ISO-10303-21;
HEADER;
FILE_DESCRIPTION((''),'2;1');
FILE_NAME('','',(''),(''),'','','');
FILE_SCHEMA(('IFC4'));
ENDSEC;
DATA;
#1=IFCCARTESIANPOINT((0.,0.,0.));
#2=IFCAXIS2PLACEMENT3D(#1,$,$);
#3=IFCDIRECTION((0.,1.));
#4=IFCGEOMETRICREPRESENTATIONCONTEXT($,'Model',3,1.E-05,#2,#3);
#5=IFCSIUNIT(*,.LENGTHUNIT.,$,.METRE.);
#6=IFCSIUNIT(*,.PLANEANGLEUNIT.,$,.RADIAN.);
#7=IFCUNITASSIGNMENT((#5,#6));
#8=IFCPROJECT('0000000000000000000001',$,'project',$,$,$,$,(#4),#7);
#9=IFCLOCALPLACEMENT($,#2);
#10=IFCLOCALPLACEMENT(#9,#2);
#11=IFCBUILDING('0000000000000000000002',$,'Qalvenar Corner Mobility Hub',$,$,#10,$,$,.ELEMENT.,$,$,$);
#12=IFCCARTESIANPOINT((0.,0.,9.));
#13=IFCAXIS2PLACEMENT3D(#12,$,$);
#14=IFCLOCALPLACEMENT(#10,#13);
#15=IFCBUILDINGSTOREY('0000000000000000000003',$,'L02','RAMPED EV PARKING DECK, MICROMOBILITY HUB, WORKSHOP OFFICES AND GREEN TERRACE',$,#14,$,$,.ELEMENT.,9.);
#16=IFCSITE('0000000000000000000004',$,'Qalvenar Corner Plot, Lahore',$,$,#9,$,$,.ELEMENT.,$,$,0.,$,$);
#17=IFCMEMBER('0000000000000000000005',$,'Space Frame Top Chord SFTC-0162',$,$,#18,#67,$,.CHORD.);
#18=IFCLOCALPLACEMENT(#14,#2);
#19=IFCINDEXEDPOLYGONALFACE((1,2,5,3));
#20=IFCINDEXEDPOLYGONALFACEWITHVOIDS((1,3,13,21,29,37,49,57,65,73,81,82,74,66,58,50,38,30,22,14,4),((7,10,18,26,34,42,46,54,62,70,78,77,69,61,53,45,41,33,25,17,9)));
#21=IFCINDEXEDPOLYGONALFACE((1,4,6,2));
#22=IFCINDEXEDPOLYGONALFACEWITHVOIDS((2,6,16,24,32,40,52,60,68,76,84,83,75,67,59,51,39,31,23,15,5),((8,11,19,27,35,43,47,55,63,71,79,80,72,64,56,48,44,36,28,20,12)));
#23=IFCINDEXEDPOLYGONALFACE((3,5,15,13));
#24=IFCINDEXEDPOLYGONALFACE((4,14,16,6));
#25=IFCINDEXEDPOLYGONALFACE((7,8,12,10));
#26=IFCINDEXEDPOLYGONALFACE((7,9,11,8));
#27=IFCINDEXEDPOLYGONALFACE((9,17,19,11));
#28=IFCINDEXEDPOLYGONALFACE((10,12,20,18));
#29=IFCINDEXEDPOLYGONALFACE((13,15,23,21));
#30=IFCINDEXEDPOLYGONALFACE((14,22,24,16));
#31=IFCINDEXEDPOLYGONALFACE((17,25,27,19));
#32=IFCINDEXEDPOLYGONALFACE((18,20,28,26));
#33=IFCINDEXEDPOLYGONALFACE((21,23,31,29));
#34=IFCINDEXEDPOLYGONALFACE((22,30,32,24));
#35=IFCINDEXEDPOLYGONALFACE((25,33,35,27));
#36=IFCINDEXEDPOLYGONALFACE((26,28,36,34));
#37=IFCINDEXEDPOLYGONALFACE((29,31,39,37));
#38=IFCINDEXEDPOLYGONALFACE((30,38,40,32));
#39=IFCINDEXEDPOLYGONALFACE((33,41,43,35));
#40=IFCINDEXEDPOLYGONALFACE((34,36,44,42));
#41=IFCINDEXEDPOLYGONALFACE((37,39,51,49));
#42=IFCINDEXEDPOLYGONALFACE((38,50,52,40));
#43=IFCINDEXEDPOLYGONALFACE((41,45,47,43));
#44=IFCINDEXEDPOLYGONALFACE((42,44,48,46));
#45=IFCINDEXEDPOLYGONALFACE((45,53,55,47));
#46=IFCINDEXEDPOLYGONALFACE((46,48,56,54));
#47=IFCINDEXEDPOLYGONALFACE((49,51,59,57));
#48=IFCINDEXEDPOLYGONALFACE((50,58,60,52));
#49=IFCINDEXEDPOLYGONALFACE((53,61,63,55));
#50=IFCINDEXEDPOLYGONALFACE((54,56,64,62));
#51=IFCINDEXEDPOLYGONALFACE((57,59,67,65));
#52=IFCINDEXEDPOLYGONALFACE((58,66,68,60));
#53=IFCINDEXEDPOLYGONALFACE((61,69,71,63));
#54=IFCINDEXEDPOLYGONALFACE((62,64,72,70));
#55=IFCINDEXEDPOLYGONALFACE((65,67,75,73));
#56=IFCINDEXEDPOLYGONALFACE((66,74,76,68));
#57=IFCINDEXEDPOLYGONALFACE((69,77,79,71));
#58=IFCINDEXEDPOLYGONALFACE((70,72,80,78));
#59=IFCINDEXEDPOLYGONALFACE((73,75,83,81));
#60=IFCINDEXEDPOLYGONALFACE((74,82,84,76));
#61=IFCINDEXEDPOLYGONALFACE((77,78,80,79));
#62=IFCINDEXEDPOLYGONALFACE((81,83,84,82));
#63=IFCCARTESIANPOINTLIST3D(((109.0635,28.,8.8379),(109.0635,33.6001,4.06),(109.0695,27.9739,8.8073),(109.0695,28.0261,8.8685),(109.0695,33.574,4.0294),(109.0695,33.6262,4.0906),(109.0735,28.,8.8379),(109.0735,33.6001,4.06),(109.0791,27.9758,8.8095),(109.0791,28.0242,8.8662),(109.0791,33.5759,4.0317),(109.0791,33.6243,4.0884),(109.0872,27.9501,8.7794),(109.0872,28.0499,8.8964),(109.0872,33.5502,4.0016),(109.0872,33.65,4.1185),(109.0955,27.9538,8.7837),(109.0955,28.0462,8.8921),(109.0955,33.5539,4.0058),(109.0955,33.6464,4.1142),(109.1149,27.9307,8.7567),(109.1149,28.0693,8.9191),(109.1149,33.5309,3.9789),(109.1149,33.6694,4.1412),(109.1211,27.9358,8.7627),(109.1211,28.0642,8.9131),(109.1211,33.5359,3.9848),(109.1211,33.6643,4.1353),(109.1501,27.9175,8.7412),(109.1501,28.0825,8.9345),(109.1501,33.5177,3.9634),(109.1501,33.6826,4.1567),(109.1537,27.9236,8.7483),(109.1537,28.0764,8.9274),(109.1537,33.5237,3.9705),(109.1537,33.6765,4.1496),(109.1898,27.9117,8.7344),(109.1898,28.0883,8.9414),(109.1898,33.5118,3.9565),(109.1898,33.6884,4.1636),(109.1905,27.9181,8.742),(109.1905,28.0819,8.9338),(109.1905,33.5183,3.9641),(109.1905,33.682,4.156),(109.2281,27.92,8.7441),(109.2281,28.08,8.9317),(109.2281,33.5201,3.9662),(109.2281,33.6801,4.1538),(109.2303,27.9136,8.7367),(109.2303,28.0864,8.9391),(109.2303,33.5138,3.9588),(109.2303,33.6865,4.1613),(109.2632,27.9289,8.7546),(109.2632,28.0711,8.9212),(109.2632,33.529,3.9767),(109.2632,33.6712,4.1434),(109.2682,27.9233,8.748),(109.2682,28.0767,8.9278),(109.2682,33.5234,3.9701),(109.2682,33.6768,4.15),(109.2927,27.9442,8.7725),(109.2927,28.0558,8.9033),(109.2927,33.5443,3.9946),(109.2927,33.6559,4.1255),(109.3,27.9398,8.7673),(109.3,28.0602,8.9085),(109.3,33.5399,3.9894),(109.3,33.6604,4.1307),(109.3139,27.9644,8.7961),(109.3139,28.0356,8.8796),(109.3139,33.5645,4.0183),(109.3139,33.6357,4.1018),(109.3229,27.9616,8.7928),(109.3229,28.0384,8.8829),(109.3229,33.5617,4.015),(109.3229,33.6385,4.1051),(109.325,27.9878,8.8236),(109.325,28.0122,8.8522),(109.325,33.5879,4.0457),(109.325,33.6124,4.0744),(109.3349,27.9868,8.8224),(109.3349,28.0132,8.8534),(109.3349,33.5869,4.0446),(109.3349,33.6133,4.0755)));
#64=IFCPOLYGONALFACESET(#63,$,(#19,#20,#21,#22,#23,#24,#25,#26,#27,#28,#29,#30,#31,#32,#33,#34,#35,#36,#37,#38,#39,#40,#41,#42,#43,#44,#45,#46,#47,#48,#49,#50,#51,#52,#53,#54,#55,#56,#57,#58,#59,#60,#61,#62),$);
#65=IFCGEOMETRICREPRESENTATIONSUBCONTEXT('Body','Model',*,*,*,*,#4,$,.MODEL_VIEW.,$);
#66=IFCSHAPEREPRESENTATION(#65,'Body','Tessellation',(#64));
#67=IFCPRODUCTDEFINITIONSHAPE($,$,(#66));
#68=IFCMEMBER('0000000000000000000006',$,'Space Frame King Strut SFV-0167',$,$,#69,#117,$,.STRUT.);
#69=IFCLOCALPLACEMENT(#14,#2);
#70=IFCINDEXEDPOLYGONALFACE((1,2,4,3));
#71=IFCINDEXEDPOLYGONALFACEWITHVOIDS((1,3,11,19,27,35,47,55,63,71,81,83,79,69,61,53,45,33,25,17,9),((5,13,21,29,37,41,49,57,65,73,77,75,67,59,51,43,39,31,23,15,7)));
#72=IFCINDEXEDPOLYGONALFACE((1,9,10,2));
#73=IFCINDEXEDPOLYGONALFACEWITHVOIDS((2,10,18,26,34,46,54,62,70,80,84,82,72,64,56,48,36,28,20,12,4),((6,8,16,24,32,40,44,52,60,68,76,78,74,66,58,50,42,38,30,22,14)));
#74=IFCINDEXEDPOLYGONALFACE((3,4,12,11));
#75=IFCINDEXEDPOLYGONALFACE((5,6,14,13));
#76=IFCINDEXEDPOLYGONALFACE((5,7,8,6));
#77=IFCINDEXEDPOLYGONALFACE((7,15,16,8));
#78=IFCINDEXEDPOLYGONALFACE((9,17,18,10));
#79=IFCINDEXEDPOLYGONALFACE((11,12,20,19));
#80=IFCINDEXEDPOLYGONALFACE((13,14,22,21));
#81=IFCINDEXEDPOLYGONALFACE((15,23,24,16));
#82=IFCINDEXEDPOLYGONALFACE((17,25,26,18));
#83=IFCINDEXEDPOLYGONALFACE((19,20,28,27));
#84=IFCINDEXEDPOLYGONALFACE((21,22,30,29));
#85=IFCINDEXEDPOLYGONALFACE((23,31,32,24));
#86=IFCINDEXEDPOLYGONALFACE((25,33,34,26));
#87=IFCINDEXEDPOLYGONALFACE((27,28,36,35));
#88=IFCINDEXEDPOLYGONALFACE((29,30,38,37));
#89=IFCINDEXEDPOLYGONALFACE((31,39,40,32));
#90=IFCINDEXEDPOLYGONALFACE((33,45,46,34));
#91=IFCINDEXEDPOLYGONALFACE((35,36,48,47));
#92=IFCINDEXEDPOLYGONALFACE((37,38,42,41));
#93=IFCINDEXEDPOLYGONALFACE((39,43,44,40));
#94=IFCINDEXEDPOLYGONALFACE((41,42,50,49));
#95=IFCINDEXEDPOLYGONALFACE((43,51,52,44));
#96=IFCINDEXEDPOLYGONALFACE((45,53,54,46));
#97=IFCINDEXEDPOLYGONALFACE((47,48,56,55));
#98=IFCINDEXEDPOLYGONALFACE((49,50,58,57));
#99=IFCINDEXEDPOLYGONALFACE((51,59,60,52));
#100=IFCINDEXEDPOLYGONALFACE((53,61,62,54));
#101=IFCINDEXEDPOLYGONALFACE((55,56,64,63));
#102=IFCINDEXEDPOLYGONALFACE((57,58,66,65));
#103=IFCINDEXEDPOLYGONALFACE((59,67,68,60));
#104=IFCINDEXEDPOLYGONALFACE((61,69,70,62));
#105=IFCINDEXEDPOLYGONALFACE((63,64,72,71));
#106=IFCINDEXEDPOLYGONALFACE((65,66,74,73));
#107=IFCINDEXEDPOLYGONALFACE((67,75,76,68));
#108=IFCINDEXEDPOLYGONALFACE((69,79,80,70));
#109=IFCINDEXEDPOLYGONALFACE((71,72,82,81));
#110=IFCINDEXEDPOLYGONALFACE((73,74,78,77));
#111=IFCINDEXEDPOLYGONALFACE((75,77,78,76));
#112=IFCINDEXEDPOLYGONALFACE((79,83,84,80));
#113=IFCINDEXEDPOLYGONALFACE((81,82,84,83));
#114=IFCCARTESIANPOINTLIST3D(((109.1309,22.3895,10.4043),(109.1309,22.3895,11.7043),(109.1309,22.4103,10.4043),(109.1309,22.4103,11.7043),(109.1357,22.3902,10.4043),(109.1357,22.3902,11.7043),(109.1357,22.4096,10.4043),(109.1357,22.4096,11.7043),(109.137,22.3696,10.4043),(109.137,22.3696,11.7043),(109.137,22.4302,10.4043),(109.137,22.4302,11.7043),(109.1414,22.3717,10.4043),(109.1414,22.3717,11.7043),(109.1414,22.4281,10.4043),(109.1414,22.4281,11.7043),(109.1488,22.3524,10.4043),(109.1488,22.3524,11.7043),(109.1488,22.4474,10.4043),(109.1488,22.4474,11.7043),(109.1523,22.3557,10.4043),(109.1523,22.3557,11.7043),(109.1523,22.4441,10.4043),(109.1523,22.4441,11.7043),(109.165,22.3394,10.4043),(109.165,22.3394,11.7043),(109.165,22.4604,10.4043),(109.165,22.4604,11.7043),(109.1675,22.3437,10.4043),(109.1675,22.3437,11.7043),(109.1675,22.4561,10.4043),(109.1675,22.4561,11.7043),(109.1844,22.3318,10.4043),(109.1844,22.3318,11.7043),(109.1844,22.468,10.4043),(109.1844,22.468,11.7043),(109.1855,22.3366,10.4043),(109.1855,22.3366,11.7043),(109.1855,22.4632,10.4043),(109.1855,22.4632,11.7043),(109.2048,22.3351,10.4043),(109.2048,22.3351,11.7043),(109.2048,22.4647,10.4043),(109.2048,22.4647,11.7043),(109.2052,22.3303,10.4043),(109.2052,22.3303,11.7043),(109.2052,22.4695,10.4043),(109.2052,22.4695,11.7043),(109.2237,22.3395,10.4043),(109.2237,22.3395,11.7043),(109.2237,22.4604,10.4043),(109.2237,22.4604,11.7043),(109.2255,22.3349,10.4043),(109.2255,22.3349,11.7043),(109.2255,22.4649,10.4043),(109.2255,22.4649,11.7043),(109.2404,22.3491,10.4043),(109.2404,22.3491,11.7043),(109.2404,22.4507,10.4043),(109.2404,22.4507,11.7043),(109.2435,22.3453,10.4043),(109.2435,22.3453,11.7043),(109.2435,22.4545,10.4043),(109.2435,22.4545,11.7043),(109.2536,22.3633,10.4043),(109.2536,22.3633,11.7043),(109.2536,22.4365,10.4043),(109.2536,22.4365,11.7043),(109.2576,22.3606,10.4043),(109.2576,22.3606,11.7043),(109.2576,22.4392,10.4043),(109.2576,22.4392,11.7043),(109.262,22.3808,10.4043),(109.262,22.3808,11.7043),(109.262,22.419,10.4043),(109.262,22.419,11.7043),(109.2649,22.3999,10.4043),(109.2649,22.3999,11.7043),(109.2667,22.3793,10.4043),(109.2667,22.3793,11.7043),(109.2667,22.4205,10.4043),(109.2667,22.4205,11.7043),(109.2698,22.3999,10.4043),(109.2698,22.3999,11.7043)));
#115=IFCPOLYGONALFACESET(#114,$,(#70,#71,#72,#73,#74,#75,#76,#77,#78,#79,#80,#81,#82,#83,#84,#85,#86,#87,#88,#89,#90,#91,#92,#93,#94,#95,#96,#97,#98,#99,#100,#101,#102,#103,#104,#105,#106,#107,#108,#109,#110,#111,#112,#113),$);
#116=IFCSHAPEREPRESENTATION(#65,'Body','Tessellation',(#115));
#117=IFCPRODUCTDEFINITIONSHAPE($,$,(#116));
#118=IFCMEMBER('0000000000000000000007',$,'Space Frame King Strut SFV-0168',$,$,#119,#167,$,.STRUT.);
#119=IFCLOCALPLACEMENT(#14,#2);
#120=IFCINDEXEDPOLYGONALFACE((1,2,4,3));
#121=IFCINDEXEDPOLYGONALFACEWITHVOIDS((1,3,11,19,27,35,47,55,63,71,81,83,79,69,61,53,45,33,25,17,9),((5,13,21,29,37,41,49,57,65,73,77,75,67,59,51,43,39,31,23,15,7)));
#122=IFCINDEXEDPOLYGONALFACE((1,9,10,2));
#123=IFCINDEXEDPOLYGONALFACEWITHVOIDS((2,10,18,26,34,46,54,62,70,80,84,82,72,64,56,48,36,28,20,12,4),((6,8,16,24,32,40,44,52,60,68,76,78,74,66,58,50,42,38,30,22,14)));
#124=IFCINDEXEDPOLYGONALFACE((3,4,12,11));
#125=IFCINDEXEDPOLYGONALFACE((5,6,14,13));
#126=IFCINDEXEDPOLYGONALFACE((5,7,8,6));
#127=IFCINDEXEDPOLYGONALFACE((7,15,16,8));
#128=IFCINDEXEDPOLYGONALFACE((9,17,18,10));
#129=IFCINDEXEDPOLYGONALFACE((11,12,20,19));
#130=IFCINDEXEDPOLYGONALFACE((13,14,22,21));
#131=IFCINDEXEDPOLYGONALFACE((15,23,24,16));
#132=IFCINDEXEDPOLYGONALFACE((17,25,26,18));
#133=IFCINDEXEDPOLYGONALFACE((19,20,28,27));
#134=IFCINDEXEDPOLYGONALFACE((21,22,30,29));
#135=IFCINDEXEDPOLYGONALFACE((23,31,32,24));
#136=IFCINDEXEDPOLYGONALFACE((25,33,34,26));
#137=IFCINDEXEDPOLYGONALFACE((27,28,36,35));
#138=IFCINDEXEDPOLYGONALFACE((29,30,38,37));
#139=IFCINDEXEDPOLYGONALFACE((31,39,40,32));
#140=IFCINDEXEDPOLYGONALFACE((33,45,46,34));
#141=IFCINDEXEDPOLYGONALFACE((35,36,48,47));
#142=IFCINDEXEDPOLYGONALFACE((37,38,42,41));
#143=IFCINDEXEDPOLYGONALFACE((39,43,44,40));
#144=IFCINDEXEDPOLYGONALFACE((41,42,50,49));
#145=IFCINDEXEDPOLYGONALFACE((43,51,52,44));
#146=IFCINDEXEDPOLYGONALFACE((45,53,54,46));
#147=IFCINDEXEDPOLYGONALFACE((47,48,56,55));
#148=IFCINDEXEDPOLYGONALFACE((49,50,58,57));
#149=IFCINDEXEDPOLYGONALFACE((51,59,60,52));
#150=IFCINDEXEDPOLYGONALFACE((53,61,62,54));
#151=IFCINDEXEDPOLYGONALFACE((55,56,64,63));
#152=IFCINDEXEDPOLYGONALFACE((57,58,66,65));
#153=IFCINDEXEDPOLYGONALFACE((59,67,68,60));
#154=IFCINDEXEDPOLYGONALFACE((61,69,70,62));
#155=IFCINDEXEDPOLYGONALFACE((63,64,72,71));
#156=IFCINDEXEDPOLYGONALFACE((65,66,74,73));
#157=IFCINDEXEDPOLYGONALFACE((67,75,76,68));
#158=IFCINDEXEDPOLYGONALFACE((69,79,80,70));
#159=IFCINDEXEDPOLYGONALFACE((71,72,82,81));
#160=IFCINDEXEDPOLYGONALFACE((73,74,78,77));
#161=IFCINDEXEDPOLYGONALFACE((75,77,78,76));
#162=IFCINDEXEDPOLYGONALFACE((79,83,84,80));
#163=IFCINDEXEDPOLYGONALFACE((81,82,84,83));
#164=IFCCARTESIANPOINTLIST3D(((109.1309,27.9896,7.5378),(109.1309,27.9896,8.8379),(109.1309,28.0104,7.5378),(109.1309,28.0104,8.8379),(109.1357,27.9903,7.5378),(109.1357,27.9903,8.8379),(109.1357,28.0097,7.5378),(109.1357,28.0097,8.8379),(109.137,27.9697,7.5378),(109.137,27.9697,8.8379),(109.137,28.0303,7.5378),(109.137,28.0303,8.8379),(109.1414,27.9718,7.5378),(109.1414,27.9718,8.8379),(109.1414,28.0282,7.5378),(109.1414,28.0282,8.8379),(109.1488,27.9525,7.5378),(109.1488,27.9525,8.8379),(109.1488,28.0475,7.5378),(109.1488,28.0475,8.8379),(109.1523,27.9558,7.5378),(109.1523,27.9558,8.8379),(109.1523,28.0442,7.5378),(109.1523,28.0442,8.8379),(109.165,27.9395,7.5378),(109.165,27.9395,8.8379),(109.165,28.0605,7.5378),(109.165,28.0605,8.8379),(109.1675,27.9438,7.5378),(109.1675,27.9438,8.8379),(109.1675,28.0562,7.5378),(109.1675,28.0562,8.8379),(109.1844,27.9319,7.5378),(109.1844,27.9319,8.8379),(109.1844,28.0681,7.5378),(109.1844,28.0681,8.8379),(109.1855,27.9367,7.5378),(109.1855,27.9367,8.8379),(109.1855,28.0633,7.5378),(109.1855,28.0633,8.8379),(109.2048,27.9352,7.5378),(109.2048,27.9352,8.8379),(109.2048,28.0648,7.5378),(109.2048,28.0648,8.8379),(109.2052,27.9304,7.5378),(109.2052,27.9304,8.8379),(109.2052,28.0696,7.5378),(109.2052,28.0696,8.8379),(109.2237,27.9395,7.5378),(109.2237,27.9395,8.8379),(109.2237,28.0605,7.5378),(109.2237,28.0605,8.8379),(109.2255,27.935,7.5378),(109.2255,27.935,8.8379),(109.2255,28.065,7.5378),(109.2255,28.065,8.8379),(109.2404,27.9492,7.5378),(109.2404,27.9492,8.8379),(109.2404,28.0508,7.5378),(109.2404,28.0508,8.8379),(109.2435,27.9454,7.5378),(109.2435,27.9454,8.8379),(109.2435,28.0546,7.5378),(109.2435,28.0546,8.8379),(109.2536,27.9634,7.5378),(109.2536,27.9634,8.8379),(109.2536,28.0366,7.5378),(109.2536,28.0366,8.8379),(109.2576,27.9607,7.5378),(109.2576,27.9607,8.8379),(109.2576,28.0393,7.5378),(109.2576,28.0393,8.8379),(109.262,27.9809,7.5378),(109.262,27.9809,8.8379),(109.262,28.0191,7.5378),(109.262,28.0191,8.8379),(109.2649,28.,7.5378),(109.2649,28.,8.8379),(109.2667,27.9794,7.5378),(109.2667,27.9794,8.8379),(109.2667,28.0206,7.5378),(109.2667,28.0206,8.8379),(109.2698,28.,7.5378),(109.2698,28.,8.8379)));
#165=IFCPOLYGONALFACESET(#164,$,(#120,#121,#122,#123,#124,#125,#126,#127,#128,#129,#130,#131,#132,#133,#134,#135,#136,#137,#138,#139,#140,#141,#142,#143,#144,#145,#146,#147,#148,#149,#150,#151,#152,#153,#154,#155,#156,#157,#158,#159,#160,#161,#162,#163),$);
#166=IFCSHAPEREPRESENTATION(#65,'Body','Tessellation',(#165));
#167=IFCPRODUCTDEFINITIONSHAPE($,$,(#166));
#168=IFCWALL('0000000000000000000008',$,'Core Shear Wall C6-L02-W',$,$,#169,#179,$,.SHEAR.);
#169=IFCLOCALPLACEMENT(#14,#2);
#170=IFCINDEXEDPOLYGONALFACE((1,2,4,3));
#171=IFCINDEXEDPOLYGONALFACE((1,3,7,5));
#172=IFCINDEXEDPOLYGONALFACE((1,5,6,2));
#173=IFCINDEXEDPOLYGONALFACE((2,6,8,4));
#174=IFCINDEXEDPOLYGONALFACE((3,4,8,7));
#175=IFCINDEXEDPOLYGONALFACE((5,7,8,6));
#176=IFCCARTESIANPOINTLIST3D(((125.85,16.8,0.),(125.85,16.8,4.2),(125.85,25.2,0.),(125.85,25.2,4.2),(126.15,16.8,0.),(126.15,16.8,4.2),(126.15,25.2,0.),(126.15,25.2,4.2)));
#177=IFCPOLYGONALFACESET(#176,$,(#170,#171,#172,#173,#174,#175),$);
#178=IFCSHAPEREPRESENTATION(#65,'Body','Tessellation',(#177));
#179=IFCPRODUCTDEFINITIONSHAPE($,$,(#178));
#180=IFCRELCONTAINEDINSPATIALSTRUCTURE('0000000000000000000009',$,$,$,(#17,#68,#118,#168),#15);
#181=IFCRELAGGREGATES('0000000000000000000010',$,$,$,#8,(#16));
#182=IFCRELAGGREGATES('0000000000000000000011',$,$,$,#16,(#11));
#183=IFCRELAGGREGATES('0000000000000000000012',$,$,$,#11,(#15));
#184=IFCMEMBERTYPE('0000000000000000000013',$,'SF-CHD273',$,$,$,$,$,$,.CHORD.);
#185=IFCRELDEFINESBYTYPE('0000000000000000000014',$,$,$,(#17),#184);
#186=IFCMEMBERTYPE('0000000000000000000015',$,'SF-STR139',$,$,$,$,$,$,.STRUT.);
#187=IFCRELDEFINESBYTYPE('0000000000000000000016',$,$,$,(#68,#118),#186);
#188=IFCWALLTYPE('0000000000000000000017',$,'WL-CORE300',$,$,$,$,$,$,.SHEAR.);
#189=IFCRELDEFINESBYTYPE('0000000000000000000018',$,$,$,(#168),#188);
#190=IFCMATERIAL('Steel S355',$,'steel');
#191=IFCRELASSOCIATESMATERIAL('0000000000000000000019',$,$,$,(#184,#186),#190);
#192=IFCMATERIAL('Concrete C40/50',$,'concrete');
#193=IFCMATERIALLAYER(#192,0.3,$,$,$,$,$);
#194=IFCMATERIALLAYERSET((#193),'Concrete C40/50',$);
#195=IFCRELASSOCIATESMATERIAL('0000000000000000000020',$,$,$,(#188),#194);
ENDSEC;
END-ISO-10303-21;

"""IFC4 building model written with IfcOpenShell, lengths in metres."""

from ifc_helpers import new_model, si_unit, direction, frame, frame_2d, origin, origin_2d, place, context, subcontext, project, spatial, rectangle, hollow_circle, extrude, material, layer, layer_set, material_profile, profile_set, type_object, element, save


model = new_model("IFC4")

# Units and contexts
model_context = context("Model", 3, precision=1e-05, world=origin(), true_north=direction((0.0, 1.0)))
body_context = subcontext(model_context, "Body", "Model", "MODEL_VIEW")
ifc_project = project(units=[si_unit("LENGTHUNIT", "METRE"), si_unit("PLANEANGLEUNIT", "RADIAN")], contexts=[model_context])

# Site, building, storey
site_placement = place(None, origin())
site = spatial("IfcSite", under=ifc_project, at=site_placement, Name="Qalvenar Corner Plot, Lahore", CompositionType="ELEMENT", RefElevation=0.0)
building_placement = place(site_placement, origin())
building = spatial("IfcBuilding", under=site, at=building_placement, Name="Qalvenar Corner Mobility Hub", CompositionType="ELEMENT")
storey_placement = place(building_placement, frame((0.0, 0.0, 9.0)))
storey = spatial("IfcBuildingStorey", under=building, at=storey_placement, Name="L02", Description="RAMPED EV PARKING DECK, MICROMOBILITY HUB, WORKSHOP OFFICES AND GREEN TERRACE", CompositionType="ELEMENT", Elevation=9.0)

# Members
ifc_material_1 = material(Name="Steel S355", Category="steel")
ifc_material_profile_1 = material_profile(ifc_material_1, hollow_circle(Radius=0.1365, WallThickness=0.01, at=origin_2d()), Name="CHS273x10")
ifc_profile_set_1 = profile_set([ifc_material_profile_1], Name="Steel S355")
member_type_1 = type_object("IfcMemberType", Name="SF-CHD273", PredefinedType="CHORD", material=ifc_profile_set_1)
member_1_placement = place(storey_placement, frame((109.2, 28.0, 8.8379), z_axis=(0.0, 0.760748, -0.649047), x_axis=(-1.0, 0.0, 0.0)))
element("IfcMember", 1, at=member_1_placement, inside=storey, type_object=member_type_1, Name="Space Frame Top Chord SFTC-0162", PredefinedType="CHORD", context=body_context, shape_type="SweptSolid", body=[
    extrude(hollow_circle(Radius=0.1365, WallThickness=0.01, at=origin_2d()), origin(), (0.0, 0.0, 1.0), 7.3613),
])
ifc_material_profile_2 = material_profile(ifc_material_1, hollow_circle(Radius=0.0698, WallThickness=0.0049, at=origin_2d()), Name="CHS139.7x5")
ifc_profile_set_2 = profile_set([ifc_material_profile_2], Name="Steel S355")
member_type_2 = type_object("IfcMemberType", Name="SF-STR139", PredefinedType="STRUT", material=ifc_profile_set_2)
for number, where, z_axis, x_axis, name in (
    (2, (109.2, 22.3999, 10.4043), (0.0, 0.0, 1.0), (1.0, 0.0, 0.0), "Space Frame King Strut SFV-0167"),
    (3, (109.2, 28.0, 7.5378), (0.0, 0.0, 1.0), (1.0, 0.0, 0.0), "Space Frame King Strut SFV-0168"),
):
    element("IfcMember", number, at=place(storey_placement, frame(where, z_axis=z_axis, x_axis=x_axis)), inside=storey, type_object=member_type_2, Name=name, PredefinedType="STRUT", context=body_context, shape_type="SweptSolid", body=[
        extrude(hollow_circle(Radius=0.0698, WallThickness=0.0049, at=origin_2d()), origin(), (0.0, 0.0, 1.0), 1.3),
    ])

# Shared definitions
ifc_material_2 = material(Name="Concrete C40/50", Category="concrete")
ifc_layer_1 = layer(ifc_material_2, 0.3)
ifc_layer_set_1 = layer_set([ifc_layer_1], Name="Concrete C40/50")
wall_type_1 = type_object("IfcWallType", Name="WL-CORE300", PredefinedType="SHEAR", material=ifc_layer_set_1)

# Wall
wall_1_placement = place(storey_placement, frame((126.0, 25.2, 0.0), z_axis=(0.0, 0.0, 1.0), x_axis=(0.0, -1.0, 0.0)))
element("IfcWall", 4, at=wall_1_placement, inside=storey, type_object=wall_type_1, Name="Core Shear Wall C6-L02-W", PredefinedType="SHEAR", context=body_context, shape_type="SweptSolid", body=[
    extrude(rectangle(XDim=8.3999, YDim=0.3, at=frame_2d((4.2, 0.0))), origin(), (0.0, 0.0, 1.0), 4.2),
])

save(model, "model.ifc")
